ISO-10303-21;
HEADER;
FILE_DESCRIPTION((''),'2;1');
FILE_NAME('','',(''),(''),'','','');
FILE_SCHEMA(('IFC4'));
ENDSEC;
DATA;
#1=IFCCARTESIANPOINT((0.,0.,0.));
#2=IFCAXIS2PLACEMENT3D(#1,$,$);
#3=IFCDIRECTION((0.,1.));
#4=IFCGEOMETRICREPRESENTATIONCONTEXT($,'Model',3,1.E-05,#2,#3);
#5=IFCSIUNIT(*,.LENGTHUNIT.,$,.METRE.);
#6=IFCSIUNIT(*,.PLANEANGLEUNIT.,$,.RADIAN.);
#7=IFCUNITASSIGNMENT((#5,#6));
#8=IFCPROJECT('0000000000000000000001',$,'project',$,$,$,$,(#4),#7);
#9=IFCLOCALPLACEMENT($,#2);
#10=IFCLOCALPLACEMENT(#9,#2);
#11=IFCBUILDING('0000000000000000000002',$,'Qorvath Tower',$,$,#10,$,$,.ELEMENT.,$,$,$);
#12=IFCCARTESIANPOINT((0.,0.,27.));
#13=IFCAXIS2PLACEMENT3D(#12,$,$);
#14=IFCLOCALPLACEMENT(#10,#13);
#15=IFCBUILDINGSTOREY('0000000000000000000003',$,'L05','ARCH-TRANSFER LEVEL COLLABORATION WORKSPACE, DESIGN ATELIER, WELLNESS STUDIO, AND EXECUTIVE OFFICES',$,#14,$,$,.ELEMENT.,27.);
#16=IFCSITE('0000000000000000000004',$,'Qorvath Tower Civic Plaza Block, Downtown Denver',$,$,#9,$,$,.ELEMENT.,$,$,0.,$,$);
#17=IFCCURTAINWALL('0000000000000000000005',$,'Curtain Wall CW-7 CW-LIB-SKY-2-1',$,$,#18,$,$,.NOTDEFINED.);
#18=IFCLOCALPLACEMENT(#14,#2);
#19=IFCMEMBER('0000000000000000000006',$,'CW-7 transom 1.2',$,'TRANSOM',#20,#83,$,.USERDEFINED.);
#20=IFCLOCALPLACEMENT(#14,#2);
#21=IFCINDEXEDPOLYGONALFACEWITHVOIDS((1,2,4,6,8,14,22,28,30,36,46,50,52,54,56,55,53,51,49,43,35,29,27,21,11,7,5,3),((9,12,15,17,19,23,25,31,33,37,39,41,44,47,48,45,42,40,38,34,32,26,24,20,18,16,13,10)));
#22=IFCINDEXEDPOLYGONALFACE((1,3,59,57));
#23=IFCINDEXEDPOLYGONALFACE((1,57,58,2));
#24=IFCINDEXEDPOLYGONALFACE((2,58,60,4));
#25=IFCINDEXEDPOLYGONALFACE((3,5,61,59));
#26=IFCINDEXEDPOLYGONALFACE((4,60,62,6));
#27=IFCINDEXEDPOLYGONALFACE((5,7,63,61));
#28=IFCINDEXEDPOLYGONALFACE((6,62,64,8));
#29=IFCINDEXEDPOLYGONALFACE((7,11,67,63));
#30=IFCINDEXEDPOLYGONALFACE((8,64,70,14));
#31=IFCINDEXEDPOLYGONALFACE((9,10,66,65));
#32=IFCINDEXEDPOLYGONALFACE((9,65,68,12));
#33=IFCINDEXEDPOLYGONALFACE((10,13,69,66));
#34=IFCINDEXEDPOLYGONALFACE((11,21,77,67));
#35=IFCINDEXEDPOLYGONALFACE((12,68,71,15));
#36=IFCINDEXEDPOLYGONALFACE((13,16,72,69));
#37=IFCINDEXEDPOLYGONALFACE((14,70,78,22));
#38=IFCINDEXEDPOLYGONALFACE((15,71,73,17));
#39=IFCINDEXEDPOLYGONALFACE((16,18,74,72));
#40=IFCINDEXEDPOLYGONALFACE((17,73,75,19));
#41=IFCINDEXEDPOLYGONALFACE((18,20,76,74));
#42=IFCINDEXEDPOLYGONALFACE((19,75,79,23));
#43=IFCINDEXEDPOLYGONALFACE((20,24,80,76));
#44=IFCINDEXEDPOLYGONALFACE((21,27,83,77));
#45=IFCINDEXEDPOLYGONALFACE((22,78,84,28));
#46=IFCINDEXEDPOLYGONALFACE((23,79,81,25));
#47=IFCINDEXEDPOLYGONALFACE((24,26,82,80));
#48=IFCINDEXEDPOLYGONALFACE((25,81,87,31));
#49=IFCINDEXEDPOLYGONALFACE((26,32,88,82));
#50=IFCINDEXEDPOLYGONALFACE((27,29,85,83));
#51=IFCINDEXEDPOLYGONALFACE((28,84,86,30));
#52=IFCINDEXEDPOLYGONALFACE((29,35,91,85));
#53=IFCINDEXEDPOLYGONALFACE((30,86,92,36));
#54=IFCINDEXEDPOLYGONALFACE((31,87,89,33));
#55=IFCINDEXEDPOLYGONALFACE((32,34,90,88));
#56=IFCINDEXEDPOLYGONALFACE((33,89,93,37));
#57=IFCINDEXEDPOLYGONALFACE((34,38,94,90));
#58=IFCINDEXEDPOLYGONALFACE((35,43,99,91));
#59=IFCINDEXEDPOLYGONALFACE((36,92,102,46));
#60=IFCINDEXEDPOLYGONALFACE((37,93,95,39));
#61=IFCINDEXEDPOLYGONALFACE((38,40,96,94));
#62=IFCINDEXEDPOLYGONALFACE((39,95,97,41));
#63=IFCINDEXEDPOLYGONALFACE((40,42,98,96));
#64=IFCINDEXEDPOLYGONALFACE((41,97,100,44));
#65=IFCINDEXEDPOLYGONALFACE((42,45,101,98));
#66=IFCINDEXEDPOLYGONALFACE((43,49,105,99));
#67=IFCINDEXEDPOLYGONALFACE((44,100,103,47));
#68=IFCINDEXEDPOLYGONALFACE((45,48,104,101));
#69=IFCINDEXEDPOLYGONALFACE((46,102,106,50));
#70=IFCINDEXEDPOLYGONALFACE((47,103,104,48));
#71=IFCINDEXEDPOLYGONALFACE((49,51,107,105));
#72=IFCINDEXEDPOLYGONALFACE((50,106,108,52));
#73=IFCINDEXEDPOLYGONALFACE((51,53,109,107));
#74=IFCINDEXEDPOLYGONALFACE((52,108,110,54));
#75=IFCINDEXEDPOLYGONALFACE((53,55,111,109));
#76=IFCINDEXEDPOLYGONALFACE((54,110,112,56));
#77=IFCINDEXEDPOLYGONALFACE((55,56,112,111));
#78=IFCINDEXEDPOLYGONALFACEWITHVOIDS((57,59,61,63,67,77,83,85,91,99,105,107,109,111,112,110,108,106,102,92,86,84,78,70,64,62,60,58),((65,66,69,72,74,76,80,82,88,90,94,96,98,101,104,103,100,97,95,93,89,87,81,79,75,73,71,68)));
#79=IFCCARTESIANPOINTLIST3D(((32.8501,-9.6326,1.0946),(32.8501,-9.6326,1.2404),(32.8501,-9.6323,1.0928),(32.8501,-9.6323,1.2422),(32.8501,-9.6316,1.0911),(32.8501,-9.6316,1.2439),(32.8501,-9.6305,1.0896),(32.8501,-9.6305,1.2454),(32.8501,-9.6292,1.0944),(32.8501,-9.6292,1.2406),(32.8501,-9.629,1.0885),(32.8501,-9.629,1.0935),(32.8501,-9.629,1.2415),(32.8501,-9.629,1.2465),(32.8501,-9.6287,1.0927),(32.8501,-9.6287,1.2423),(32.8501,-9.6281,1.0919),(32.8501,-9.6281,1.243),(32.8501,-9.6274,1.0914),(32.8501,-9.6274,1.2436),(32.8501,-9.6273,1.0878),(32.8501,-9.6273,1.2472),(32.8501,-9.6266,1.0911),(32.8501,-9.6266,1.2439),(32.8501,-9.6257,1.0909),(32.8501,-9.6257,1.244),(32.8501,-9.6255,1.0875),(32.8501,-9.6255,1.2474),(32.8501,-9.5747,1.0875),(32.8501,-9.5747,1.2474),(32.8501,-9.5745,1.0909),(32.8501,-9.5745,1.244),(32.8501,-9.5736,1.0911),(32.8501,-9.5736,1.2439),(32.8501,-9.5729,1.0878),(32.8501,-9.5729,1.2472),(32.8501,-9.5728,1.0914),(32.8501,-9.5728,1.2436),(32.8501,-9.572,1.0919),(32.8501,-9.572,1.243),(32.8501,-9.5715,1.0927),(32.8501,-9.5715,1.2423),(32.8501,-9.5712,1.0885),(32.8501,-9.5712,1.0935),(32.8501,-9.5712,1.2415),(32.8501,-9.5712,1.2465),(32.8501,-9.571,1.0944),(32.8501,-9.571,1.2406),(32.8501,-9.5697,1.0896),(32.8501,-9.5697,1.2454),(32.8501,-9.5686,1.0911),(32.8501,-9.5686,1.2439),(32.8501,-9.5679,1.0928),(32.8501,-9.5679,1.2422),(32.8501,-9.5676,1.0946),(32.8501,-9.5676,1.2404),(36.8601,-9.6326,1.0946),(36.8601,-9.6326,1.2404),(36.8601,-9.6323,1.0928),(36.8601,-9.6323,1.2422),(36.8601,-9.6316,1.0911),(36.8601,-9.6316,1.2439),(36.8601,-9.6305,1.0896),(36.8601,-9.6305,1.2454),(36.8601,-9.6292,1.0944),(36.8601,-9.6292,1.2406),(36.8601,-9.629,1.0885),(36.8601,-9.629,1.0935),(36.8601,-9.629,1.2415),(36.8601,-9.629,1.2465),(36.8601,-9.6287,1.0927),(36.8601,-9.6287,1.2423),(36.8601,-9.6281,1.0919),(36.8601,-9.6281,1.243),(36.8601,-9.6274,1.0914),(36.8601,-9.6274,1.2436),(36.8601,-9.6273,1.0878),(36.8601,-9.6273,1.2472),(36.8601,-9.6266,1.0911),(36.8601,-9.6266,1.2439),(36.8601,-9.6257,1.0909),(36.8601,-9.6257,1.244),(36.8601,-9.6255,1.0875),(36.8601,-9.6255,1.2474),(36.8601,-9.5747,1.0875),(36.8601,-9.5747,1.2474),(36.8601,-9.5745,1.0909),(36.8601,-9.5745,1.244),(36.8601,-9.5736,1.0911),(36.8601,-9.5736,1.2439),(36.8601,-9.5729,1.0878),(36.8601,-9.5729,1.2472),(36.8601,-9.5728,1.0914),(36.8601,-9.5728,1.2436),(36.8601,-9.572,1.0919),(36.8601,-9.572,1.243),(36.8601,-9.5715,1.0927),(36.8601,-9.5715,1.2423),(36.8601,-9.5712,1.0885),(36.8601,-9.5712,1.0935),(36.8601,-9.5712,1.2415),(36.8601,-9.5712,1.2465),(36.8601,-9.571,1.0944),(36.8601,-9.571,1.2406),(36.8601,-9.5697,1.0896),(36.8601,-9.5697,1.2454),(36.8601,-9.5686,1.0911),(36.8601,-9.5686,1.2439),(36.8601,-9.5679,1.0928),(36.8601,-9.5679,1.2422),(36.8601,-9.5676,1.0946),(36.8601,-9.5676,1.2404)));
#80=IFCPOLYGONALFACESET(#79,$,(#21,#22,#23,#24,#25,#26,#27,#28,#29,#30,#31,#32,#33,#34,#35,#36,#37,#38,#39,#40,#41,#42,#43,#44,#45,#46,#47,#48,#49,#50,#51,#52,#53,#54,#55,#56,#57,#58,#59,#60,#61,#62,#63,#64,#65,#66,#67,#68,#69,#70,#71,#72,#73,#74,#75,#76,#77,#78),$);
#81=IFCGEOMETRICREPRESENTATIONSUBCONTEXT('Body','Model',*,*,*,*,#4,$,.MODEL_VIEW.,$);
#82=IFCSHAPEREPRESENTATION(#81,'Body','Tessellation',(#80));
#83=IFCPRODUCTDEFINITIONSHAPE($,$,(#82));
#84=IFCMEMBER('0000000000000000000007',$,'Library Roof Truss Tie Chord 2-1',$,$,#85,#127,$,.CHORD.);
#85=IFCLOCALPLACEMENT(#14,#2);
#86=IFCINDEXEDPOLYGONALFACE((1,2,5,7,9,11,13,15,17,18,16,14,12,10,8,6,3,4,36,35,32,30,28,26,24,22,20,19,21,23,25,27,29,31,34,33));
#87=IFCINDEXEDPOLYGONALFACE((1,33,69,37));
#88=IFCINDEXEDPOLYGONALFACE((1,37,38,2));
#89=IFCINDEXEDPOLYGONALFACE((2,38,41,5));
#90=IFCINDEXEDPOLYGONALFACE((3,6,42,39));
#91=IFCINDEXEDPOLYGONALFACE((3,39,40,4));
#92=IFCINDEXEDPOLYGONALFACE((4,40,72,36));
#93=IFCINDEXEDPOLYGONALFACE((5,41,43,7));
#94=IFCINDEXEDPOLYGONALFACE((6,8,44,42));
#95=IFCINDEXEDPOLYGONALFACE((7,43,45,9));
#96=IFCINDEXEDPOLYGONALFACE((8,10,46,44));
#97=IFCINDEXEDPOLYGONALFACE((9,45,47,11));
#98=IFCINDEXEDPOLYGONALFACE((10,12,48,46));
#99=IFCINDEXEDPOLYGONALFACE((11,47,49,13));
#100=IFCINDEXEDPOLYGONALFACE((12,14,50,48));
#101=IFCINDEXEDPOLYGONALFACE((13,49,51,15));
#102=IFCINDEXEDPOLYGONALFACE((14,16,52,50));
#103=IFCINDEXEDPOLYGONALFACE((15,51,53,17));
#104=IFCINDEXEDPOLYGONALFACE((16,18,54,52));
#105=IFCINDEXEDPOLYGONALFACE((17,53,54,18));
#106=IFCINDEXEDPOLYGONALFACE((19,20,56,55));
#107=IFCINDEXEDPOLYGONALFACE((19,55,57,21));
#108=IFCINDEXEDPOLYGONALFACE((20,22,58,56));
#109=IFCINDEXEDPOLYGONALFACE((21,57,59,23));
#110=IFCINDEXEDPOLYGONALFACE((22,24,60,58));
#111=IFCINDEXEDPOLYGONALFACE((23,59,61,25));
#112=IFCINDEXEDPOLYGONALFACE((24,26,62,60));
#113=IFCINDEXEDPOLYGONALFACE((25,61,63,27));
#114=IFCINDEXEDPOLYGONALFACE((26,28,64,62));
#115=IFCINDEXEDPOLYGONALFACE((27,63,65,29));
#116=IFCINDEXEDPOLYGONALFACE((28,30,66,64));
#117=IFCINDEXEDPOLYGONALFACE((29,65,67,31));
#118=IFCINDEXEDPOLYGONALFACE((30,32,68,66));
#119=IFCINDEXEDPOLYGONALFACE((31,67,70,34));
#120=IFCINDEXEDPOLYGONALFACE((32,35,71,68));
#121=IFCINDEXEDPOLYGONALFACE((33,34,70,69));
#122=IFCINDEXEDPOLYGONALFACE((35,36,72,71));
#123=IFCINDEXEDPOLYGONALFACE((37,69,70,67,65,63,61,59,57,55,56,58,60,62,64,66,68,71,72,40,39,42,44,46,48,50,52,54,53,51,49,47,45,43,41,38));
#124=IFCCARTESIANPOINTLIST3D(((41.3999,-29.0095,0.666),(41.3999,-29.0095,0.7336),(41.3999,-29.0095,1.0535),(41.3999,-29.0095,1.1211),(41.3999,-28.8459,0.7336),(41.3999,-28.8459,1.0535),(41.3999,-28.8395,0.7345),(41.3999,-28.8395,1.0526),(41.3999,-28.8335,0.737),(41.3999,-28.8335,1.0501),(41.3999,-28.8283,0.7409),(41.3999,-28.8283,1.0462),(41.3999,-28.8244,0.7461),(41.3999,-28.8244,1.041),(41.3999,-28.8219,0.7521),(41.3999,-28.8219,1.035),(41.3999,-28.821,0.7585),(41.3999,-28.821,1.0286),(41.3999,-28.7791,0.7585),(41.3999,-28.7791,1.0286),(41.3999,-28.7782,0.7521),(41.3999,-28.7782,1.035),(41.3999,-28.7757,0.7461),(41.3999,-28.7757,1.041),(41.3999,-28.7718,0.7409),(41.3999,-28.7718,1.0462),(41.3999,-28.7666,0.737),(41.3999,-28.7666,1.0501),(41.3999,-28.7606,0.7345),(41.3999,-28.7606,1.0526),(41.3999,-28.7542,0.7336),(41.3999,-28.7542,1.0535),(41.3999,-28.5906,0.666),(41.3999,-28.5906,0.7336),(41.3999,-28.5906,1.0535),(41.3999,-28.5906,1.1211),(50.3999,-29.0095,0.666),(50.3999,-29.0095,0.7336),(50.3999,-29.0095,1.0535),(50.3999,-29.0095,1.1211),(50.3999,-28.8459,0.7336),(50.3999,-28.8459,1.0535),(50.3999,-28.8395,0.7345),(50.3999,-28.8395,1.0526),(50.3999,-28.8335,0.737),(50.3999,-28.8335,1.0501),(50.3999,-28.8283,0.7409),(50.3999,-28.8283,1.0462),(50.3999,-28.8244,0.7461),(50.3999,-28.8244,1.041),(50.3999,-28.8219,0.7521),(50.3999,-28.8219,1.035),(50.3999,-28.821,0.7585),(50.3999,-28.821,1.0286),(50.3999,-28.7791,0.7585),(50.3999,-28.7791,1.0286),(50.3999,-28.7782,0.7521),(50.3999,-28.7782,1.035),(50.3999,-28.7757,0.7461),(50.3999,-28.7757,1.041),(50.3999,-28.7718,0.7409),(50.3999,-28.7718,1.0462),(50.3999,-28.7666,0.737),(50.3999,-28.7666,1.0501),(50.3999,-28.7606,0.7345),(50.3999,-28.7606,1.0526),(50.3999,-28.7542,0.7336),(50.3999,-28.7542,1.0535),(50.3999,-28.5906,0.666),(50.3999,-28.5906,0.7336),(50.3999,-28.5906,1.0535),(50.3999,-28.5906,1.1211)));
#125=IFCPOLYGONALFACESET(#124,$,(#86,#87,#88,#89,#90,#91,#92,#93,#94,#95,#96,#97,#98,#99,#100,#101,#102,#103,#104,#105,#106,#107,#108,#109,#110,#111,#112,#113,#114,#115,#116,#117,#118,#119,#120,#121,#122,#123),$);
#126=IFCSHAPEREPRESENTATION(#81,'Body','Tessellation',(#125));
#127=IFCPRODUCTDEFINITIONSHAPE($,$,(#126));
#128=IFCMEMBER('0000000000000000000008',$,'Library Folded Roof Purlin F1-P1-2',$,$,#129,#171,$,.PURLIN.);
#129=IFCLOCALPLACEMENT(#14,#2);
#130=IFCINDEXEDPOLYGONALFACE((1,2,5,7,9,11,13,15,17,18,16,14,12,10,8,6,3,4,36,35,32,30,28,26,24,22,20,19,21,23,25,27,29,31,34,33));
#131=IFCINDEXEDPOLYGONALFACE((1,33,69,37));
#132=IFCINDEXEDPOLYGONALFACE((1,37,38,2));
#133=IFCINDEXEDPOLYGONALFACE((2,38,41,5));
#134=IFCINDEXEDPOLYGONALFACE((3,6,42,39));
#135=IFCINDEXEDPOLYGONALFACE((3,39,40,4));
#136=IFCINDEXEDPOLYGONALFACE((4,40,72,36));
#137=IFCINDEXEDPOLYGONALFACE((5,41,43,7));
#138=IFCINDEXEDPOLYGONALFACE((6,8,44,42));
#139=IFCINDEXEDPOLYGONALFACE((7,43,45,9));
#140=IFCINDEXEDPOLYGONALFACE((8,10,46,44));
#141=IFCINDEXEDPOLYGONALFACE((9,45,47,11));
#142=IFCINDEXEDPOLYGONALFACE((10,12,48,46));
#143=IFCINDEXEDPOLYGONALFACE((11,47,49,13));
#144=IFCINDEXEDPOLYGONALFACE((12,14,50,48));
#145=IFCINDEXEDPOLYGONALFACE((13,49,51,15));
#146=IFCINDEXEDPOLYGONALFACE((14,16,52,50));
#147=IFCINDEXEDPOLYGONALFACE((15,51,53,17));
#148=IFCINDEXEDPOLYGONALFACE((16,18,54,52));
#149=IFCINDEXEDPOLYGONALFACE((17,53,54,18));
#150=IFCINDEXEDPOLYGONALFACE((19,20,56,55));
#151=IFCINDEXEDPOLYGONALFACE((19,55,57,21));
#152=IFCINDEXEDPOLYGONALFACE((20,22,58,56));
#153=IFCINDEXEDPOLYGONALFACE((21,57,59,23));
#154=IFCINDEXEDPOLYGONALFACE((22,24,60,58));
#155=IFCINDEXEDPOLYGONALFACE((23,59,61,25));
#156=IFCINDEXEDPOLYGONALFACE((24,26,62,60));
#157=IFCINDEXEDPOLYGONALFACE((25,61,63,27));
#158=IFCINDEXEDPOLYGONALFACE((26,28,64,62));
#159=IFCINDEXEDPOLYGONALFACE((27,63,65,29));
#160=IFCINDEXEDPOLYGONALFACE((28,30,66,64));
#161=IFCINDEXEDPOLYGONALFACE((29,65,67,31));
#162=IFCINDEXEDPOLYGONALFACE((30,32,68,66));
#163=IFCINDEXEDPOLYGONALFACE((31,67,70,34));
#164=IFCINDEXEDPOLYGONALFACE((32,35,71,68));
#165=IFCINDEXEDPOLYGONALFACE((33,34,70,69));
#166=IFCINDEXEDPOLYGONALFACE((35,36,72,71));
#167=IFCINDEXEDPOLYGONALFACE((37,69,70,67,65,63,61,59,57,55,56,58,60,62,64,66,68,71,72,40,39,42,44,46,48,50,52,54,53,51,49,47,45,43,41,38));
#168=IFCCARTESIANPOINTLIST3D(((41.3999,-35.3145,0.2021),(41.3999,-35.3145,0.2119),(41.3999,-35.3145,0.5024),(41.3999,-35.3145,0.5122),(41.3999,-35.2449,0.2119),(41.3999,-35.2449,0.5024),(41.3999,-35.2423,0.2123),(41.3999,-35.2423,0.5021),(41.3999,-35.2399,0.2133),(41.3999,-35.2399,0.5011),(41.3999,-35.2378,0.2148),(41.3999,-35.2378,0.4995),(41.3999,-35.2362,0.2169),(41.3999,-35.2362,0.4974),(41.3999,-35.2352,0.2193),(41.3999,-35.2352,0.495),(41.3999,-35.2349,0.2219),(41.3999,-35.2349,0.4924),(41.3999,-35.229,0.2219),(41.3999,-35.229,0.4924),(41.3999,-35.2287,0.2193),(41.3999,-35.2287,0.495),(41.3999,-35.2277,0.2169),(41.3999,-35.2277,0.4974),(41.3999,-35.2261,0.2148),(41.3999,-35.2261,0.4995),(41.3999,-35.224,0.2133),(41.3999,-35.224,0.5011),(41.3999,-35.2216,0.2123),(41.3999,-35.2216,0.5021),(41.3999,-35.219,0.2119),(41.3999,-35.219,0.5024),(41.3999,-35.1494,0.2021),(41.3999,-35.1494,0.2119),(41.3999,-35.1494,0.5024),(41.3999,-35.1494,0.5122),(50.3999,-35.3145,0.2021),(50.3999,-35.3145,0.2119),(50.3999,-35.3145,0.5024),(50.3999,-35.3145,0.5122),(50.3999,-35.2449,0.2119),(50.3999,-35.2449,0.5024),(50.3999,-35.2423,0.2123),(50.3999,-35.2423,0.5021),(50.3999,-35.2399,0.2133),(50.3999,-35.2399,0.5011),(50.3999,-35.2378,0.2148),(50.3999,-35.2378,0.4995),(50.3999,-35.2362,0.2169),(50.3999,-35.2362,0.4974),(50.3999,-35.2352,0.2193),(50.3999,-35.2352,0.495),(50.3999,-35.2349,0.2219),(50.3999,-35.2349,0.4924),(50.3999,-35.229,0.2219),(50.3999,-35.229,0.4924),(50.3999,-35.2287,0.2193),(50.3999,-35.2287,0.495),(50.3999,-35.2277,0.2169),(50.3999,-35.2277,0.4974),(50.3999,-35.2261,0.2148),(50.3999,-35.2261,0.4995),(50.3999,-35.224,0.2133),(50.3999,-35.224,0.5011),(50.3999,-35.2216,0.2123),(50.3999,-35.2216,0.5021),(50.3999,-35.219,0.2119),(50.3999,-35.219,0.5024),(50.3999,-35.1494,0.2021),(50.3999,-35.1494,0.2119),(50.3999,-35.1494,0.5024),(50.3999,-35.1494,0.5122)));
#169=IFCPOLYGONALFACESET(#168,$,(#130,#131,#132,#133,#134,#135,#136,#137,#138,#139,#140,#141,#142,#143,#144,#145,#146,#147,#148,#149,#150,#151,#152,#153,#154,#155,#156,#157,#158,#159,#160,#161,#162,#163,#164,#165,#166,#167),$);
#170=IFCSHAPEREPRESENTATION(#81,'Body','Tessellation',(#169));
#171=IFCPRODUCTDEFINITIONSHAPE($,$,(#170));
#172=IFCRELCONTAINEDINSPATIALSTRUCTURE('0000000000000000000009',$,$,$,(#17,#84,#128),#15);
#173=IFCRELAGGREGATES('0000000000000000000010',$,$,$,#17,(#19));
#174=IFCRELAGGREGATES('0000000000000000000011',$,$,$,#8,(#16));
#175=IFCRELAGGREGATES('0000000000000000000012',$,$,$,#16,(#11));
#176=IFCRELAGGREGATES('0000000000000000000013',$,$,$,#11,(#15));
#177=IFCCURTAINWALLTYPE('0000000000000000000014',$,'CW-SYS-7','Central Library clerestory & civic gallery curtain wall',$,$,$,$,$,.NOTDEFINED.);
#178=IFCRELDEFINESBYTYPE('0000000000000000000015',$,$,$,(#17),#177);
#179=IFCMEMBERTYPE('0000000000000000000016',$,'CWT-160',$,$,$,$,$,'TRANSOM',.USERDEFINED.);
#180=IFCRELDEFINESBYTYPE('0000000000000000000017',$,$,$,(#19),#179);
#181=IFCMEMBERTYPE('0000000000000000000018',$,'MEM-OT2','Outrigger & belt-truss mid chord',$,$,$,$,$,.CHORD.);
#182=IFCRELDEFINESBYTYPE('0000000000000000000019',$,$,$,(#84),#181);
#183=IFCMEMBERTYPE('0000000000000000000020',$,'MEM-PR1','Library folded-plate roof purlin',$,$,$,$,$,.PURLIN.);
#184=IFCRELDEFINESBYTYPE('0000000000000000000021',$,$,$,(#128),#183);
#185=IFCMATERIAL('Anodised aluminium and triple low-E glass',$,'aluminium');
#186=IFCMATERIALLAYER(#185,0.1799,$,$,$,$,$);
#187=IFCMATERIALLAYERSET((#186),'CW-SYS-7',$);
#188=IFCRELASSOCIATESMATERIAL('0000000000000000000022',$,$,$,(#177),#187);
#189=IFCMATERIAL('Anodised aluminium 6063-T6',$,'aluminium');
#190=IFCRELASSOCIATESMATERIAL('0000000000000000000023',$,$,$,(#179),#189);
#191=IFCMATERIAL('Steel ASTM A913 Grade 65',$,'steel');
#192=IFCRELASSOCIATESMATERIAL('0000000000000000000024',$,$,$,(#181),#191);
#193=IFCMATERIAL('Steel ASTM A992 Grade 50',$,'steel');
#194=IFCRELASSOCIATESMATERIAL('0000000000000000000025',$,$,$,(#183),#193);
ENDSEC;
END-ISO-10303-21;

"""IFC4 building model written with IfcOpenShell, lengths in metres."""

from ifc_helpers import new_model, si_unit, direction, frame, origin, origin_2d, place, context, subcontext, project, spatial, hollow_rectangle, i_section, extrude, material, layer, layer_set, material_profile, profile_set, type_object, element, aggregate, save


model = new_model("IFC4")

# Units and contexts
model_context = context("Model", 3, precision=1e-05, world=origin(), true_north=direction((0.0, 1.0)))
body_context = subcontext(model_context, "Body", "Model", "MODEL_VIEW")
ifc_project = project(units=[si_unit("LENGTHUNIT", "METRE"), si_unit("PLANEANGLEUNIT", "RADIAN")], contexts=[model_context])

# Site, building, storey
site_placement = place(None, origin())
site = spatial("IfcSite", under=ifc_project, at=site_placement, Name="Qorvath Tower Civic Plaza Block, Downtown Denver", CompositionType="ELEMENT", RefElevation=0.0)
building_placement = place(site_placement, origin())
building = spatial("IfcBuilding", under=site, at=building_placement, Name="Qorvath Tower", CompositionType="ELEMENT")
storey_placement = place(building_placement, frame((0.0, 0.0, 27.0)))
storey = spatial("IfcBuildingStorey", under=building, at=storey_placement, Name="L05", Description="ARCH-TRANSFER LEVEL COLLABORATION WORKSPACE, DESIGN ATELIER, WELLNESS STUDIO, AND EXECUTIVE OFFICES", CompositionType="ELEMENT", Elevation=27.0)

# Curtain wall, member
ifc_material_1 = material(Name="Anodised aluminium and triple low-E glass", Category="aluminium")
ifc_layer_1 = layer(ifc_material_1, 0.1799)
ifc_layer_set_1 = layer_set([ifc_layer_1], Name="CW-SYS-7")
curtain_wall_type = type_object("IfcCurtainWallType", Name="CW-SYS-7", Description="Central Library clerestory & civic gallery curtain wall", PredefinedType="NOTDEFINED", material=ifc_layer_set_1)
curtain_wall_placement = place(storey_placement, origin())
curtain_wall = element("IfcCurtainWall", 1, at=curtain_wall_placement, inside=storey, type_object=curtain_wall_type, Name="Curtain Wall CW-7 CW-LIB-SKY-2-1", PredefinedType="NOTDEFINED")
ifc_material_2 = material(Name="Anodised aluminium 6063-T6", Category="aluminium")
ifc_material_profile_1 = material_profile(ifc_material_2, hollow_rectangle(XDim=0.0649, YDim=0.1599, WallThickness=0.0034, InnerFilletRadius=0.0034, OuterFilletRadius=0.0071, at=origin_2d()), Name="CWT 160x65")
ifc_profile_set_1 = profile_set([ifc_material_profile_1], Name="Anodised aluminium 6063-T6")
member_type_1 = type_object("IfcMemberType", Name="CWT-160", ElementType="TRANSOM", PredefinedType="USERDEFINED", material=ifc_profile_set_1)
member_1_placement = place(storey_placement, frame((32.8501, -9.6001, 1.1675), z_axis=(1.0, 0.0, 0.0), x_axis=(0.0, 1.0, 0.0)))
member_1 = element("IfcMember", 2, at=member_1_placement, type_object=member_type_1, Name="CW-7 transom 1.2", ObjectType="TRANSOM", PredefinedType="USERDEFINED", context=body_context, shape_type="SweptSolid", body=[
    extrude(hollow_rectangle(XDim=0.0649, YDim=0.1599, WallThickness=0.0034, InnerFilletRadius=0.0034, OuterFilletRadius=0.0071, at=origin_2d()), origin(), (0.0, 0.0, 1.0), 4.01),
])
aggregate(curtain_wall, [member_1])

# Members
ifc_material_3 = material(Name="Steel ASTM A913 Grade 65", Category="steel")
ifc_material_profile_2 = material_profile(ifc_material_3, i_section(OverallWidth=0.4189, OverallDepth=0.4551, WebThickness=0.042, FlangeThickness=0.0676, FilletRadius=0.0249, at=origin_2d()), Name="W14x370")
ifc_profile_set_2 = profile_set([ifc_material_profile_2], Name="Steel ASTM A913 Grade 65")
member_type_2 = type_object("IfcMemberType", Name="MEM-OT2", Description="Outrigger & belt-truss mid chord", PredefinedType="CHORD", material=ifc_profile_set_2)
member_2_placement = place(storey_placement, frame((41.3999, -28.8, 0.8936), z_axis=(1.0, 0.0, 0.0), x_axis=(0.0, 1.0, 0.0)))
element("IfcMember", 3, at=member_2_placement, inside=storey, type_object=member_type_2, Name="Library Roof Truss Tie Chord 2-1", PredefinedType="CHORD", context=body_context, shape_type="SweptSolid", body=[
    extrude(i_section(OverallWidth=0.4189, OverallDepth=0.4551, WebThickness=0.042, FlangeThickness=0.0676, FilletRadius=0.0249, at=origin_2d()), origin(), (0.0, 0.0, 1.0), 9.0),
])
ifc_material_4 = material(Name="Steel ASTM A992 Grade 50", Category="steel")
ifc_material_profile_3 = material_profile(ifc_material_4, i_section(OverallWidth=0.165, OverallDepth=0.3101, WebThickness=0.0059, FlangeThickness=0.0098, FilletRadius=0.01, at=origin_2d()), Name="W12x26")
ifc_profile_set_3 = profile_set([ifc_material_profile_3], Name="Steel ASTM A992 Grade 50")
member_type_3 = type_object("IfcMemberType", Name="MEM-PR1", Description="Library folded-plate roof purlin", PredefinedType="PURLIN", material=ifc_profile_set_3)
for number, where, z_axis, x_axis, name in (
    (4, (41.3999, -35.2319, 0.3572), (1.0, 0.0, 0.0), (0.0, 1.0, 0.0), "Library Folded Roof Purlin F1-P1-2"),
):
    element("IfcMember", number, at=place(storey_placement, frame(where, z_axis=z_axis, x_axis=x_axis)), inside=storey, type_object=member_type_3, Name=name, PredefinedType="PURLIN", context=body_context, shape_type="SweptSolid", body=[
        extrude(i_section(OverallWidth=0.165, OverallDepth=0.3101, WebThickness=0.0059, FlangeThickness=0.0098, FilletRadius=0.01, at=origin_2d()), origin(), (0.0, 0.0, 1.0), 9.0),
    ])

save(model, "model.ifc")
